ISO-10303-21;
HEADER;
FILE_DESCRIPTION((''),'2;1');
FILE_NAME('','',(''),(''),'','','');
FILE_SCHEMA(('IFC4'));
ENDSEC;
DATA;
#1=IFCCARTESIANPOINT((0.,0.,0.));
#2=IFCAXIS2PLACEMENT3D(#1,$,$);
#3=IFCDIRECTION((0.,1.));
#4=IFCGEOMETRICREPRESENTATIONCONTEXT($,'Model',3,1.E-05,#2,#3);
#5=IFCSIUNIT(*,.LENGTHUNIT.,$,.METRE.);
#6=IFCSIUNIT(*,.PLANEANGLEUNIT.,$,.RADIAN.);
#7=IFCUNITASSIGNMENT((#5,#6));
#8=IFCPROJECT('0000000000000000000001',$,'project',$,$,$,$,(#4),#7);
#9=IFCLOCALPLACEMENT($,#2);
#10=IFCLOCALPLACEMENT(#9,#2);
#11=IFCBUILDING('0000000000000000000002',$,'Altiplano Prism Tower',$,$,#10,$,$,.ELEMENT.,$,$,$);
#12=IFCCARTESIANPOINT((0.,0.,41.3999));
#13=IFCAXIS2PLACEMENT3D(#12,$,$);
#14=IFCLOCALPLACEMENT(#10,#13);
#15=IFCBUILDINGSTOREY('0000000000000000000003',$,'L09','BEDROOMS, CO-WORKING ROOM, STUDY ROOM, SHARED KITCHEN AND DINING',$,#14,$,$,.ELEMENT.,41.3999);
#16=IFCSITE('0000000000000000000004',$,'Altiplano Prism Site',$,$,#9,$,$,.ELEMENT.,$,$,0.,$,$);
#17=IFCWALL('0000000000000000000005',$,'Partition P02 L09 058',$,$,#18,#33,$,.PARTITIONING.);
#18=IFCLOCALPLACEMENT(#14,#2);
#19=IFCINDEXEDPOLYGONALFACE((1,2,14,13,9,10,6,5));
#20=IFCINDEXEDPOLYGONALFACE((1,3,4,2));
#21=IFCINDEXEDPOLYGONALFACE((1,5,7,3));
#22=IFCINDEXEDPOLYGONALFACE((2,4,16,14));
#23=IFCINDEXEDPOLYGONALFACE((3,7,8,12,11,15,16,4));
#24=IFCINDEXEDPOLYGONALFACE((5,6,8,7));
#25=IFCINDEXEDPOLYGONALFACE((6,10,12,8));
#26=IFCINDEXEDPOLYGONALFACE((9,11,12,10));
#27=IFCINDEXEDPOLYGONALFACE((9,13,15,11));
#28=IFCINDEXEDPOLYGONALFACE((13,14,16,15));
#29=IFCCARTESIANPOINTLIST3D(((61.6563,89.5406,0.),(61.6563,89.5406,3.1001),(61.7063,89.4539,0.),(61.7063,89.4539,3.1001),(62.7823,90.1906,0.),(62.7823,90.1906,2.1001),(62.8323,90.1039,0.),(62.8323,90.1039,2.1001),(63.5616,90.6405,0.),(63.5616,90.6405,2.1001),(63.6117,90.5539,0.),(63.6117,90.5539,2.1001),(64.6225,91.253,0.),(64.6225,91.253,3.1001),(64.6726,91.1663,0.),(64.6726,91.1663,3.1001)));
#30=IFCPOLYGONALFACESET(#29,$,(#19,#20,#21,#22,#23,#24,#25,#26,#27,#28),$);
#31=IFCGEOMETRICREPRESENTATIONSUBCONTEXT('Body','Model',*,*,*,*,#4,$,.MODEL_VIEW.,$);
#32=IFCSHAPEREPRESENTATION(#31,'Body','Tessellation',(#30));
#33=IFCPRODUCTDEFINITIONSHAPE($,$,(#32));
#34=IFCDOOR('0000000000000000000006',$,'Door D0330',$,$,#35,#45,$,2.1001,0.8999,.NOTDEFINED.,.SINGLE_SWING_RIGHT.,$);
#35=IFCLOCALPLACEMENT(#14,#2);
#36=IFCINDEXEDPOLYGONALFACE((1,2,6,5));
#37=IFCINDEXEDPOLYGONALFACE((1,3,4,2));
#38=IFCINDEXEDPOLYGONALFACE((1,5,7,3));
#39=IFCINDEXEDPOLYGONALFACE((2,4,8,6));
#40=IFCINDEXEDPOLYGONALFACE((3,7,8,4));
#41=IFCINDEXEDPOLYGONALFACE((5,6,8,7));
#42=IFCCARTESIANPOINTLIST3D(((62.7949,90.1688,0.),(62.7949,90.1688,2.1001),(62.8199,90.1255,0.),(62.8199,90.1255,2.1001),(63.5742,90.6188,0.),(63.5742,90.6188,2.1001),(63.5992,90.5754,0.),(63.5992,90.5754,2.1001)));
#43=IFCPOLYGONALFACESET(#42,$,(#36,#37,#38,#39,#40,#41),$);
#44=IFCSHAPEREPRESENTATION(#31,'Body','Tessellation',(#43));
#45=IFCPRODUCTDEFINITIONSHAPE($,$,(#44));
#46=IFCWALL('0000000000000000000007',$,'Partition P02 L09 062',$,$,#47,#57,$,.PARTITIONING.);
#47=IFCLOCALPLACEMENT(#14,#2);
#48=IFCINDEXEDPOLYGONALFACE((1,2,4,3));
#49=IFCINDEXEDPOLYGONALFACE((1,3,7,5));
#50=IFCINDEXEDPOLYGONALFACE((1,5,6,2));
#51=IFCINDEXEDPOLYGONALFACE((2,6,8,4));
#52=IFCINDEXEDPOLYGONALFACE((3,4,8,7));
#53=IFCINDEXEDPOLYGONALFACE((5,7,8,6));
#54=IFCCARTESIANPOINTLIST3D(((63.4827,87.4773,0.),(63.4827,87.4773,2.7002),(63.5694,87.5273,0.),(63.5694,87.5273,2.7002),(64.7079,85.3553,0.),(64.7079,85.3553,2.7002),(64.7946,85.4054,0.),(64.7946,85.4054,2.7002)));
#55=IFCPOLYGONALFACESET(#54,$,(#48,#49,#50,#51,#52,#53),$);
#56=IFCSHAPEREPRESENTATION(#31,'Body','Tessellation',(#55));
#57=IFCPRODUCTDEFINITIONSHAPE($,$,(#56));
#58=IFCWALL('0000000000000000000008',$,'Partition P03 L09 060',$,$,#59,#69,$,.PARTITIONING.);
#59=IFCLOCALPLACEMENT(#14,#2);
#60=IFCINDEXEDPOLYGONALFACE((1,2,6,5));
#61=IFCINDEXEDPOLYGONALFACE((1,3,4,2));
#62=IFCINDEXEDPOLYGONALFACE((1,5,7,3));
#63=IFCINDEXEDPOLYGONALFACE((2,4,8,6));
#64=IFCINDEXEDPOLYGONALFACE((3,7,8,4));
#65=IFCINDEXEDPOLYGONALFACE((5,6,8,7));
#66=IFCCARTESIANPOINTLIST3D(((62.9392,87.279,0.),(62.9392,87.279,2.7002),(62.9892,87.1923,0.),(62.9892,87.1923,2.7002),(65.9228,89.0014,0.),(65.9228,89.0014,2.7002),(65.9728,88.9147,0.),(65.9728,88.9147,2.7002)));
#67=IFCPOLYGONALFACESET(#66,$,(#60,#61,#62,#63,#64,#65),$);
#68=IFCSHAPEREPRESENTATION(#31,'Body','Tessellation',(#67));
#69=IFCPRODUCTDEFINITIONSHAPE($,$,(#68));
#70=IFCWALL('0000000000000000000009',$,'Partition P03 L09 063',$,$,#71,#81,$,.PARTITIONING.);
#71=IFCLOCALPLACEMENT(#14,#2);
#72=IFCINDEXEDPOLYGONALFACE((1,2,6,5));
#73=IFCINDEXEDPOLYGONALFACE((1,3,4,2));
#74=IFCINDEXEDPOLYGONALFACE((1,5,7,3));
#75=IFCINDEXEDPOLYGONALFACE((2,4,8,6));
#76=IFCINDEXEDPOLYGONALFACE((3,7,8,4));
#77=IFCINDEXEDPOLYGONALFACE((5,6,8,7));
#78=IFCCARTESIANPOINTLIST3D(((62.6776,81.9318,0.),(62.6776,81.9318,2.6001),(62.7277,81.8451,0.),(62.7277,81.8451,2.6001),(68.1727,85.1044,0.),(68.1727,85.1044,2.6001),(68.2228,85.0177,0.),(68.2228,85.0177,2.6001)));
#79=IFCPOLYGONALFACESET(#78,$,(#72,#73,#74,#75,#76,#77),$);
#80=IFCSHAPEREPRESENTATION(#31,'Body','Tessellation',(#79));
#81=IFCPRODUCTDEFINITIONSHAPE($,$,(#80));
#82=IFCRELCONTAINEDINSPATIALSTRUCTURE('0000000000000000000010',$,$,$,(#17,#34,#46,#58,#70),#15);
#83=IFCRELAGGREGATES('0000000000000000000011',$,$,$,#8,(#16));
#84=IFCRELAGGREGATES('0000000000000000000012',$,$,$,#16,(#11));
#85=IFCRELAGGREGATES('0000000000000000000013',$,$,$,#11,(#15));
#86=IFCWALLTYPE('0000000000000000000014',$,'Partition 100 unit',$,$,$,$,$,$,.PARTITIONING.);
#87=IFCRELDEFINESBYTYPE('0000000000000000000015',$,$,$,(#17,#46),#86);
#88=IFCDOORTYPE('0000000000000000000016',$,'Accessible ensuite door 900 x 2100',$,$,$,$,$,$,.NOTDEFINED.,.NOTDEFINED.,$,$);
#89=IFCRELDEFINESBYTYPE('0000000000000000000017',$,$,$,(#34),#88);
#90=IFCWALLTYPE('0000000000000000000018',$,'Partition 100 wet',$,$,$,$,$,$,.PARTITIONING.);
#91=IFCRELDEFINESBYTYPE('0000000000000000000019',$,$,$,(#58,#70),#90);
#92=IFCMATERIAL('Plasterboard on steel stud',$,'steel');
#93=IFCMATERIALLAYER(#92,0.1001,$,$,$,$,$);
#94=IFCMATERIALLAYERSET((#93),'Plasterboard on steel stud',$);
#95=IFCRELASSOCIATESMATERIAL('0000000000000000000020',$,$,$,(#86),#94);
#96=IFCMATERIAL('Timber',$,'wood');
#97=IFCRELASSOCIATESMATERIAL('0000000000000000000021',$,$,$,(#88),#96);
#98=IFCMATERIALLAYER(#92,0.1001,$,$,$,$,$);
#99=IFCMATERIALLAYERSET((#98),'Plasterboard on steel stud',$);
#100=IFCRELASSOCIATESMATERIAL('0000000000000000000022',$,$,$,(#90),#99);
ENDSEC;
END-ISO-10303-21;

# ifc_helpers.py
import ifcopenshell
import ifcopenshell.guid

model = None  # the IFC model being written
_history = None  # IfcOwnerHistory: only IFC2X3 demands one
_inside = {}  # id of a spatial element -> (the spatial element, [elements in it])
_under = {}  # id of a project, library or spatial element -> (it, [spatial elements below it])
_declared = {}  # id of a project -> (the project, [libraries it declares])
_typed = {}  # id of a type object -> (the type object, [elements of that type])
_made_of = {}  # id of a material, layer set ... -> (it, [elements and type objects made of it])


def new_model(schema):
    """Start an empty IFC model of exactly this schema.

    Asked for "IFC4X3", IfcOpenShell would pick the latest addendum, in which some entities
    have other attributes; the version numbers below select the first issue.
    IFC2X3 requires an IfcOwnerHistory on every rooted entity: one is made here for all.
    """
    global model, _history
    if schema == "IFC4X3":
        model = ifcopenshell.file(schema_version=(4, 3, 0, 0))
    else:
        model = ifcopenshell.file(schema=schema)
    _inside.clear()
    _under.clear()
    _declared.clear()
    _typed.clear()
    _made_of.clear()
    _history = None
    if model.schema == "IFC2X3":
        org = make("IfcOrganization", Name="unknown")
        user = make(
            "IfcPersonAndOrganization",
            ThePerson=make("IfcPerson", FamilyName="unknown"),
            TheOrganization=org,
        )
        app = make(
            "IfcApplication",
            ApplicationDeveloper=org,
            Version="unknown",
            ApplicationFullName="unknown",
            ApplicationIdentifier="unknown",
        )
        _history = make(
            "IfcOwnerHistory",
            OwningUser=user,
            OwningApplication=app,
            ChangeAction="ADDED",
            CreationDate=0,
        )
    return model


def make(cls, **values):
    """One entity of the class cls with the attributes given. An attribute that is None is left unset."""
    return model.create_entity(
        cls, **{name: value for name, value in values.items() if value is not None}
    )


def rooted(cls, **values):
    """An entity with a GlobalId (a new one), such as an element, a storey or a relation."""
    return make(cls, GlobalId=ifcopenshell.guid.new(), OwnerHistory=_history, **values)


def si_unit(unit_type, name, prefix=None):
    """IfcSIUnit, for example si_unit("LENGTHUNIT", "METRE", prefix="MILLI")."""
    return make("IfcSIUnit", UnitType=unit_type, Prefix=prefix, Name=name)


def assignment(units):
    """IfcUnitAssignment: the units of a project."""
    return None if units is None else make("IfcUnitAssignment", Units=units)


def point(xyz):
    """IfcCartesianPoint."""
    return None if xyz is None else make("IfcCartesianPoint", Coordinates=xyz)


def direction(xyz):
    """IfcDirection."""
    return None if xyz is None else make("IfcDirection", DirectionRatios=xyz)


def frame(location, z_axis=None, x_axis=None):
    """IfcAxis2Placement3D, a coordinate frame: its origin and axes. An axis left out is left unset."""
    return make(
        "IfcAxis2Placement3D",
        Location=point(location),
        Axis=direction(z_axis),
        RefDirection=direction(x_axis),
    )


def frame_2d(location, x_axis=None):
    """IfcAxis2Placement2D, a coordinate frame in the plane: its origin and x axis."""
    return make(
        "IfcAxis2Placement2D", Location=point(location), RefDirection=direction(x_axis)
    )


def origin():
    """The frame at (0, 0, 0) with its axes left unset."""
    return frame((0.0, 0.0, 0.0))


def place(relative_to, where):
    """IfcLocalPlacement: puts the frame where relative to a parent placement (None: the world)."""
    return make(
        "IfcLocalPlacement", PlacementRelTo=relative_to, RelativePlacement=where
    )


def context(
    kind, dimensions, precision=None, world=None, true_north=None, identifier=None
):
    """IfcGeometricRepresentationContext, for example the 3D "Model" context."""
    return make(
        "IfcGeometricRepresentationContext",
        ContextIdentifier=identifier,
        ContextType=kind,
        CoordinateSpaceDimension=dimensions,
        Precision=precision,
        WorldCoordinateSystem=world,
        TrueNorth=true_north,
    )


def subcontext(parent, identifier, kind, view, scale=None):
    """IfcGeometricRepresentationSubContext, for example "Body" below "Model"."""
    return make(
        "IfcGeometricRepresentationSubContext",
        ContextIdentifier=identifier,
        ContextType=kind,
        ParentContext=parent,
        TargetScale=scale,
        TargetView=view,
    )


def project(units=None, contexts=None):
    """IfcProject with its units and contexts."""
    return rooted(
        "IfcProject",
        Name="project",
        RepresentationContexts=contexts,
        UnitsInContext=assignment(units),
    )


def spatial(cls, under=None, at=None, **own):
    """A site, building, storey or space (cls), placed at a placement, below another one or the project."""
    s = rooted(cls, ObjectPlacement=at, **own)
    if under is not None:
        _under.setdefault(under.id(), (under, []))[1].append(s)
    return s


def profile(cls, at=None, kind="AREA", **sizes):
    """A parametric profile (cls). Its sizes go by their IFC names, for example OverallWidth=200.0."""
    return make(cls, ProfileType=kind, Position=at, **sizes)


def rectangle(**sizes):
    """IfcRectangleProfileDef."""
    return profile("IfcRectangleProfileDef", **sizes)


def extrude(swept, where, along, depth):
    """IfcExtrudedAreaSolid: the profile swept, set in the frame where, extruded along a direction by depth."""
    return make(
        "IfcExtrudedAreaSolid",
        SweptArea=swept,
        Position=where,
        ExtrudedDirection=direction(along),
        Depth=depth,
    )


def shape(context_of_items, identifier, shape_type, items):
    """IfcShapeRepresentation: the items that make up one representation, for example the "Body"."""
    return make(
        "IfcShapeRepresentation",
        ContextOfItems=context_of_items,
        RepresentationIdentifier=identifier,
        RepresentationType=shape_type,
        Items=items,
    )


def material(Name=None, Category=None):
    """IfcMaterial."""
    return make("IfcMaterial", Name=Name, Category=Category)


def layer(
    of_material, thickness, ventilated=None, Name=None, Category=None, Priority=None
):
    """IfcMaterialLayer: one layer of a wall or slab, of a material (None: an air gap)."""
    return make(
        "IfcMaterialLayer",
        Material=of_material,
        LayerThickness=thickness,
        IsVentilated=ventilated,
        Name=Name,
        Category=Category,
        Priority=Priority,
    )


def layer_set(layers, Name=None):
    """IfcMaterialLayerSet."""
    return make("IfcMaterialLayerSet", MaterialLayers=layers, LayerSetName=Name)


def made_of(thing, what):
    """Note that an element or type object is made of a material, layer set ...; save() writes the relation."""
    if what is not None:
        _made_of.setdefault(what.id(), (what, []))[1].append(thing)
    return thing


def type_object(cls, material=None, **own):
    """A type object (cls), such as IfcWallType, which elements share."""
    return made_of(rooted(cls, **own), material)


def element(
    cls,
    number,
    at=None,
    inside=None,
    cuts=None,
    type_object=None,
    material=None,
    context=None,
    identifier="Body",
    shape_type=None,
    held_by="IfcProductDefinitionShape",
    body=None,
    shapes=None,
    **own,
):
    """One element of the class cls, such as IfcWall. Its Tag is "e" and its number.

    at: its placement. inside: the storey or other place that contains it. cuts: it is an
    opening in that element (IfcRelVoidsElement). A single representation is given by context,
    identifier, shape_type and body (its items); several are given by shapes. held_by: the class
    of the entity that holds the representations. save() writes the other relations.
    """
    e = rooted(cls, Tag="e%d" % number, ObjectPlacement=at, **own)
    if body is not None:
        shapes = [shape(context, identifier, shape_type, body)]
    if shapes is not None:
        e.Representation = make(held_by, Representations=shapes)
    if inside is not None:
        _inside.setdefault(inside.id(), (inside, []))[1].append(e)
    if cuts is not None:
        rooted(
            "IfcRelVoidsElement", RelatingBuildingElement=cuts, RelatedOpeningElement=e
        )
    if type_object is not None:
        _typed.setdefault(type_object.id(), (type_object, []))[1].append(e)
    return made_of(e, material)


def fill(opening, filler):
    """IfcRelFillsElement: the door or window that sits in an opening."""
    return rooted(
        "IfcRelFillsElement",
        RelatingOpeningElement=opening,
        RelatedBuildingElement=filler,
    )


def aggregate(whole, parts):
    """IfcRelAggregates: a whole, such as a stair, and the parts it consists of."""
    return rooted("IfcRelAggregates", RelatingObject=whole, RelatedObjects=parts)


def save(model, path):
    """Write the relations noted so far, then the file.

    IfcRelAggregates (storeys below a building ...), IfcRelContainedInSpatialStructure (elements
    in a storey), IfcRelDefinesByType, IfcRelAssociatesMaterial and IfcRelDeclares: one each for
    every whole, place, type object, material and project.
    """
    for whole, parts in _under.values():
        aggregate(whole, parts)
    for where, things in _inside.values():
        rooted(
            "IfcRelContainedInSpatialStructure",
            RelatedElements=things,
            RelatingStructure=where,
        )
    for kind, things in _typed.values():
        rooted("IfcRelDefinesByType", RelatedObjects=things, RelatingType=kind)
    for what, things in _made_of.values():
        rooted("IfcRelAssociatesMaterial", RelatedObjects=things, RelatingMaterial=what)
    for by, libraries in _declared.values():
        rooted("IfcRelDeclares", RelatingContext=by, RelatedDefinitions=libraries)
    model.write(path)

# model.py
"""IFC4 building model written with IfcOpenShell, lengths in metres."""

from ifc_helpers import new_model, si_unit, direction, frame, frame_2d, origin, place, context, subcontext, project, spatial, rectangle, extrude, material, layer, layer_set, type_object, element, fill, save


model = new_model("IFC4")

# Units and contexts
model_context = context("Model", 3, precision=1e-05, world=origin(), true_north=direction((0.0, 1.0)))
body_context = subcontext(model_context, "Body", "Model", "MODEL_VIEW")
ifc_project = project(units=[si_unit("LENGTHUNIT", "METRE"), si_unit("PLANEANGLEUNIT", "RADIAN")], contexts=[model_context])

# Site, building, storey
site_placement = place(None, origin())
site = spatial("IfcSite", under=ifc_project, at=site_placement, Name="Altiplano Prism Site", CompositionType="ELEMENT", RefElevation=0.0)
building_placement = place(site_placement, origin())
building = spatial("IfcBuilding", under=site, at=building_placement, Name="Altiplano Prism Tower", CompositionType="ELEMENT")
storey_placement = place(building_placement, frame((0.0, 0.0, 41.3999)))
storey = spatial("IfcBuildingStorey", under=building, at=storey_placement, Name="L09", Description="BEDROOMS, CO-WORKING ROOM, STUDY ROOM, SHARED KITCHEN AND DINING", CompositionType="ELEMENT", Elevation=41.3999)

# Shared definitions
ifc_material_1 = material(Name="Plasterboard on steel stud", Category="steel")
ifc_layer_1 = layer(ifc_material_1, 0.1001)
ifc_layer_set_1 = layer_set([ifc_layer_1], Name="Plasterboard on steel stud")
wall_type_1 = type_object("IfcWallType", Name="Partition 100 unit", PredefinedType="PARTITIONING", material=ifc_layer_set_1)

# Wall, opening, door
wall_1_placement = place(storey_placement, frame((61.6814, 89.4973, 0.0), z_axis=(0.0, 0.0, 1.0), x_axis=(0.86605, 0.499957, 0.0)))
wall_1 = element("IfcWall", 1, at=wall_1_placement, inside=storey, type_object=wall_type_1, Name="Partition P02 L09 058", PredefinedType="PARTITIONING", context=body_context, shape_type="SweptSolid", body=[
    extrude(rectangle(XDim=3.425, YDim=0.1001, at=frame_2d((1.7124, 0.0))), origin(), (0.0, 0.0, 1.0), 3.1001),
])
opening_1_placement = place(wall_1_placement, frame((1.3, 0.0, 0.0)))
opening_1 = element("IfcOpeningElement", 2, at=opening_1_placement, cuts=wall_1, PredefinedType="OPENING", context=body_context, shape_type="SweptSolid", body=[
    extrude(rectangle(XDim=0.8999, YDim=2.1001, at=frame_2d((0.45, 1.05))), frame((0.0, 0.0605, 0.0), z_axis=(0.0, -1.0, 0.0), x_axis=(1.0, 0.0, 0.0)), (0.0, 0.0, 1.0), 0.1211),
])
ifc_material_2 = material(Name="Timber", Category="wood")
door_type_1 = type_object("IfcDoorType", Name="Accessible ensuite door 900 x 2100", OperationType="NOTDEFINED", PredefinedType="NOTDEFINED", material=ifc_material_2)
door_1_placement = place(opening_1_placement, origin())
door_1 = element("IfcDoor", 3, at=door_1_placement, inside=storey, type_object=door_type_1, Name="Door D0330", OperationType="SINGLE_SWING_RIGHT", OverallHeight=2.1001, OverallWidth=0.8999, PredefinedType="NOTDEFINED", context=body_context, shape_type="SweptSolid", body=[
    extrude(rectangle(XDim=0.8999, YDim=2.1001, at=frame_2d((0.45, 1.05))), frame((0.0, 0.0249, 0.0), z_axis=(0.0, -1.0, 0.0), x_axis=(1.0, 0.0, 0.0)), (0.0, 0.0, 1.0), 0.05),
])
fill(opening_1, door_1)

# Walls
wall_2_placement = place(storey_placement, frame((64.7512, 85.3804, 0.0), z_axis=(0.0, 0.0, 1.0), x_axis=(-0.500019, 0.866015, 0.0)))
element("IfcWall", 4, at=wall_2_placement, inside=storey, type_object=wall_type_1, Name="Partition P02 L09 062", PredefinedType="PARTITIONING", context=body_context, shape_type="SweptSolid", body=[
    extrude(rectangle(XDim=2.4502, YDim=0.1001, at=frame_2d((1.2251, 0.0))), origin(), (0.0, 0.0, 1.0), 2.7002),
])
ifc_layer_2 = layer(ifc_material_1, 0.1001)
ifc_layer_set_2 = layer_set([ifc_layer_2], Name="Plasterboard on steel stud")
wall_type_2 = type_object("IfcWallType", Name="Partition 100 wet", PredefinedType="PARTITIONING", material=ifc_layer_set_2)
wall_3_placement = place(storey_placement, frame((62.9641, 87.2356, 0.0), z_axis=(0.0, 0.0, 1.0), x_axis=(0.86605, 0.499958, 0.0)))
element("IfcWall", 5, at=wall_3_placement, inside=storey, type_object=wall_type_2, Name="Partition P03 L09 060", PredefinedType="PARTITIONING", context=body_context, shape_type="SweptSolid", body=[
    extrude(rectangle(XDim=3.4451, YDim=0.1001, at=frame_2d((1.7227, 0.0))), origin(), (0.0, 0.0, 1.0), 2.7002),
])
wall_4_placement = place(storey_placement, frame((62.7026, 81.8884, 0.0), z_axis=(0.0, 0.0, 1.0), x_axis=(0.866025, 0.5, 0.0)))
element("IfcWall", 6, at=wall_4_placement, inside=storey, type_object=wall_type_2, Name="Partition P03 L09 063", PredefinedType="PARTITIONING", context=body_context, shape_type="SweptSolid", body=[
    extrude(rectangle(XDim=6.3452, YDim=0.1001, at=frame_2d((3.1726, 0.0))), origin(), (0.0, 0.0, 1.0), 2.6001),
])

save(model, "model.ifc")
